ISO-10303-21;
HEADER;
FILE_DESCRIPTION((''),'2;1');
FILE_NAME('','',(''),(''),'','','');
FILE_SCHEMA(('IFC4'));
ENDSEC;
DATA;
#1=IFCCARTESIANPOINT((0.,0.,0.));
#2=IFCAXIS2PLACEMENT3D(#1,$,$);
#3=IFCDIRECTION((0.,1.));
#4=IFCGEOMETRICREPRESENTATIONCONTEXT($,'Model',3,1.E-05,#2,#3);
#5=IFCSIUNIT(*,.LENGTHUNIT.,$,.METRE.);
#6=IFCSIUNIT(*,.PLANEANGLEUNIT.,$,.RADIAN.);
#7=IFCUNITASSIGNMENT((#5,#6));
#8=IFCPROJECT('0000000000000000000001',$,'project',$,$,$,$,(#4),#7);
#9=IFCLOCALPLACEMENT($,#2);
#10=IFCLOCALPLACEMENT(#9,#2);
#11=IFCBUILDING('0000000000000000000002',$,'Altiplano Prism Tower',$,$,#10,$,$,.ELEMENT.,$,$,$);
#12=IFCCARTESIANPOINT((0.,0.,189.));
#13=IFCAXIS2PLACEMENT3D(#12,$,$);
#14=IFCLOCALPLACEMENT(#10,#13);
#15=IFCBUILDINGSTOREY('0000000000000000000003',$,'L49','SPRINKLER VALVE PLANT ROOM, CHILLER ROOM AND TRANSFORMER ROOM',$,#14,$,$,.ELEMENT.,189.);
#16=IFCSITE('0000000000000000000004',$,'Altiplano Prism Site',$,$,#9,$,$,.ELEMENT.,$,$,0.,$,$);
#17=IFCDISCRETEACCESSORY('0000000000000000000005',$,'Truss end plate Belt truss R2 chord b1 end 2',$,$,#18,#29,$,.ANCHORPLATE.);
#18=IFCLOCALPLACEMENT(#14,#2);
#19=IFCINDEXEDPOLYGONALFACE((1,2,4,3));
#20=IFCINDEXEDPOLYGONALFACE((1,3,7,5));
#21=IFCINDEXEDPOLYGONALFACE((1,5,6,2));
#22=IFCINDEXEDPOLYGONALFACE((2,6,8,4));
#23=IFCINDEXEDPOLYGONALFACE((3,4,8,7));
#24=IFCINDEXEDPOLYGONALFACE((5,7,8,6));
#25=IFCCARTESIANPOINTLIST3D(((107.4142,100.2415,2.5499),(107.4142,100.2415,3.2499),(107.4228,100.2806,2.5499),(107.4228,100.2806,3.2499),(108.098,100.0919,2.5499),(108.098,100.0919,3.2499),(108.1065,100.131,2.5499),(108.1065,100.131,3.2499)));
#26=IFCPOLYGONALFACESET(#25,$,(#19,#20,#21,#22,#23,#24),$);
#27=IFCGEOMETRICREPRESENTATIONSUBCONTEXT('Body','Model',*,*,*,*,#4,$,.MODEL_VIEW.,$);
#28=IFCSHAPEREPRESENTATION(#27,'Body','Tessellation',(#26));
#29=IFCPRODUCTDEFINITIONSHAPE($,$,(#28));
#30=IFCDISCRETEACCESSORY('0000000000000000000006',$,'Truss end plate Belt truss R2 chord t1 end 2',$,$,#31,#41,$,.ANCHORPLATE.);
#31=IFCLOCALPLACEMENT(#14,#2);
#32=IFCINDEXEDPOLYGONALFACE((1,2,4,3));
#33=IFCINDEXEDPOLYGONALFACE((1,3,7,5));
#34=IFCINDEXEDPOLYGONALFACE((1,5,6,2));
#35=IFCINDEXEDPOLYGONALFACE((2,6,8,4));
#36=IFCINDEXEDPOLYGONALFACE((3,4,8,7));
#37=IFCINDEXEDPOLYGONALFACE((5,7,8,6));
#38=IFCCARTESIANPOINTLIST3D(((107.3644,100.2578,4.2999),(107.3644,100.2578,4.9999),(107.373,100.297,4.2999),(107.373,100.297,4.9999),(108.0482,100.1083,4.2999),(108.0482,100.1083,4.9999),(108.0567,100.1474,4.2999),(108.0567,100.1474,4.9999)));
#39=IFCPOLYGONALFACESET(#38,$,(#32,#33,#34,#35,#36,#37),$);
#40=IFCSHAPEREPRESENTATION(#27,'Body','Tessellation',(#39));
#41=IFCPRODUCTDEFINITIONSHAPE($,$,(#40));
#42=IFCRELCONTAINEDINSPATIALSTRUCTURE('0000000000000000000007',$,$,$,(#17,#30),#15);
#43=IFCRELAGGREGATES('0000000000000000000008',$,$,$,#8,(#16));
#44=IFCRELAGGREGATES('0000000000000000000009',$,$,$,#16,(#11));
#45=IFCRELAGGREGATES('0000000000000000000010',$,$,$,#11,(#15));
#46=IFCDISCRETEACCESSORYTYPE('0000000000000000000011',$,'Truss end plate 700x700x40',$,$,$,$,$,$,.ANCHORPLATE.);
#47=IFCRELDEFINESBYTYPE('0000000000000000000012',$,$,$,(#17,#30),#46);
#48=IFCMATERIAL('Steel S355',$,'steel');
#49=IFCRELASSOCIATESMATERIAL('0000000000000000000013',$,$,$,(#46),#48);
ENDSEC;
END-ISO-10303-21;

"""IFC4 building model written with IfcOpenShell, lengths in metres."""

from ifc_helpers import new_model, si_unit, direction, frame, origin, origin_2d, place, context, subcontext, project, spatial, rectangle, extrude, material, material_profile, profile_set, type_object, element, save


model = new_model("IFC4")

# Units and contexts
model_context = context("Model", 3, precision=1e-05, world=origin(), true_north=direction((0.0, 1.0)))
body_context = subcontext(model_context, "Body", "Model", "MODEL_VIEW")
ifc_project = project(units=[si_unit("LENGTHUNIT", "METRE"), si_unit("PLANEANGLEUNIT", "RADIAN")], contexts=[model_context])

# Site, building, storey
site_placement = place(None, origin())
site = spatial("IfcSite", under=ifc_project, at=site_placement, Name="Altiplano Prism Site", CompositionType="ELEMENT", RefElevation=0.0)
building_placement = place(site_placement, origin())
building = spatial("IfcBuilding", under=site, at=building_placement, Name="Altiplano Prism Tower", CompositionType="ELEMENT")
storey_placement = place(building_placement, frame((0.0, 0.0, 189.0)))
storey = spatial("IfcBuildingStorey", under=building, at=storey_placement, Name="L49", Description="SPRINKLER VALVE PLANT ROOM, CHILLER ROOM AND TRANSFORMER ROOM", CompositionType="ELEMENT", Elevation=189.0)

# Shared definitions
ifc_material_1 = material(Name="Steel S355", Category="steel")

# Discrete accessories
ifc_material_profile_1 = material_profile(ifc_material_1, rectangle(XDim=0.7, YDim=0.7, at=origin_2d()), Name="Truss end plate 700x700x40")
ifc_profile_set_1 = profile_set([ifc_material_profile_1], Name="Steel S355")
discrete_accessory_type = type_object("IfcDiscreteAccessoryType", Name="Truss end plate 700x700x40", PredefinedType="ANCHORPLATE", material=ifc_profile_set_1)
for number, where, z_axis, x_axis, name in (
    (1, (107.7646, 100.2058, 2.8999), (-0.213697, -0.9769, 0.0), (0.9769, -0.213697, 0.0), "Truss end plate Belt truss R2 chord b1 end 2"),
    (2, (107.7148, 100.2222, 4.6499), (-0.213697, -0.9769, 0.0), (0.9769, -0.213697, 0.0), "Truss end plate Belt truss R2 chord t1 end 2"),
):
    element("IfcDiscreteAccessory", number, at=place(storey_placement, frame(where, z_axis=z_axis, x_axis=x_axis)), inside=storey, type_object=discrete_accessory_type, Name=name, PredefinedType="ANCHORPLATE", context=body_context, shape_type="SweptSolid", body=[
        extrude(rectangle(XDim=0.7, YDim=0.7, at=origin_2d()), origin(), (0.0, 0.0, 1.0), 0.04),
    ])

save(model, "model.ifc")
